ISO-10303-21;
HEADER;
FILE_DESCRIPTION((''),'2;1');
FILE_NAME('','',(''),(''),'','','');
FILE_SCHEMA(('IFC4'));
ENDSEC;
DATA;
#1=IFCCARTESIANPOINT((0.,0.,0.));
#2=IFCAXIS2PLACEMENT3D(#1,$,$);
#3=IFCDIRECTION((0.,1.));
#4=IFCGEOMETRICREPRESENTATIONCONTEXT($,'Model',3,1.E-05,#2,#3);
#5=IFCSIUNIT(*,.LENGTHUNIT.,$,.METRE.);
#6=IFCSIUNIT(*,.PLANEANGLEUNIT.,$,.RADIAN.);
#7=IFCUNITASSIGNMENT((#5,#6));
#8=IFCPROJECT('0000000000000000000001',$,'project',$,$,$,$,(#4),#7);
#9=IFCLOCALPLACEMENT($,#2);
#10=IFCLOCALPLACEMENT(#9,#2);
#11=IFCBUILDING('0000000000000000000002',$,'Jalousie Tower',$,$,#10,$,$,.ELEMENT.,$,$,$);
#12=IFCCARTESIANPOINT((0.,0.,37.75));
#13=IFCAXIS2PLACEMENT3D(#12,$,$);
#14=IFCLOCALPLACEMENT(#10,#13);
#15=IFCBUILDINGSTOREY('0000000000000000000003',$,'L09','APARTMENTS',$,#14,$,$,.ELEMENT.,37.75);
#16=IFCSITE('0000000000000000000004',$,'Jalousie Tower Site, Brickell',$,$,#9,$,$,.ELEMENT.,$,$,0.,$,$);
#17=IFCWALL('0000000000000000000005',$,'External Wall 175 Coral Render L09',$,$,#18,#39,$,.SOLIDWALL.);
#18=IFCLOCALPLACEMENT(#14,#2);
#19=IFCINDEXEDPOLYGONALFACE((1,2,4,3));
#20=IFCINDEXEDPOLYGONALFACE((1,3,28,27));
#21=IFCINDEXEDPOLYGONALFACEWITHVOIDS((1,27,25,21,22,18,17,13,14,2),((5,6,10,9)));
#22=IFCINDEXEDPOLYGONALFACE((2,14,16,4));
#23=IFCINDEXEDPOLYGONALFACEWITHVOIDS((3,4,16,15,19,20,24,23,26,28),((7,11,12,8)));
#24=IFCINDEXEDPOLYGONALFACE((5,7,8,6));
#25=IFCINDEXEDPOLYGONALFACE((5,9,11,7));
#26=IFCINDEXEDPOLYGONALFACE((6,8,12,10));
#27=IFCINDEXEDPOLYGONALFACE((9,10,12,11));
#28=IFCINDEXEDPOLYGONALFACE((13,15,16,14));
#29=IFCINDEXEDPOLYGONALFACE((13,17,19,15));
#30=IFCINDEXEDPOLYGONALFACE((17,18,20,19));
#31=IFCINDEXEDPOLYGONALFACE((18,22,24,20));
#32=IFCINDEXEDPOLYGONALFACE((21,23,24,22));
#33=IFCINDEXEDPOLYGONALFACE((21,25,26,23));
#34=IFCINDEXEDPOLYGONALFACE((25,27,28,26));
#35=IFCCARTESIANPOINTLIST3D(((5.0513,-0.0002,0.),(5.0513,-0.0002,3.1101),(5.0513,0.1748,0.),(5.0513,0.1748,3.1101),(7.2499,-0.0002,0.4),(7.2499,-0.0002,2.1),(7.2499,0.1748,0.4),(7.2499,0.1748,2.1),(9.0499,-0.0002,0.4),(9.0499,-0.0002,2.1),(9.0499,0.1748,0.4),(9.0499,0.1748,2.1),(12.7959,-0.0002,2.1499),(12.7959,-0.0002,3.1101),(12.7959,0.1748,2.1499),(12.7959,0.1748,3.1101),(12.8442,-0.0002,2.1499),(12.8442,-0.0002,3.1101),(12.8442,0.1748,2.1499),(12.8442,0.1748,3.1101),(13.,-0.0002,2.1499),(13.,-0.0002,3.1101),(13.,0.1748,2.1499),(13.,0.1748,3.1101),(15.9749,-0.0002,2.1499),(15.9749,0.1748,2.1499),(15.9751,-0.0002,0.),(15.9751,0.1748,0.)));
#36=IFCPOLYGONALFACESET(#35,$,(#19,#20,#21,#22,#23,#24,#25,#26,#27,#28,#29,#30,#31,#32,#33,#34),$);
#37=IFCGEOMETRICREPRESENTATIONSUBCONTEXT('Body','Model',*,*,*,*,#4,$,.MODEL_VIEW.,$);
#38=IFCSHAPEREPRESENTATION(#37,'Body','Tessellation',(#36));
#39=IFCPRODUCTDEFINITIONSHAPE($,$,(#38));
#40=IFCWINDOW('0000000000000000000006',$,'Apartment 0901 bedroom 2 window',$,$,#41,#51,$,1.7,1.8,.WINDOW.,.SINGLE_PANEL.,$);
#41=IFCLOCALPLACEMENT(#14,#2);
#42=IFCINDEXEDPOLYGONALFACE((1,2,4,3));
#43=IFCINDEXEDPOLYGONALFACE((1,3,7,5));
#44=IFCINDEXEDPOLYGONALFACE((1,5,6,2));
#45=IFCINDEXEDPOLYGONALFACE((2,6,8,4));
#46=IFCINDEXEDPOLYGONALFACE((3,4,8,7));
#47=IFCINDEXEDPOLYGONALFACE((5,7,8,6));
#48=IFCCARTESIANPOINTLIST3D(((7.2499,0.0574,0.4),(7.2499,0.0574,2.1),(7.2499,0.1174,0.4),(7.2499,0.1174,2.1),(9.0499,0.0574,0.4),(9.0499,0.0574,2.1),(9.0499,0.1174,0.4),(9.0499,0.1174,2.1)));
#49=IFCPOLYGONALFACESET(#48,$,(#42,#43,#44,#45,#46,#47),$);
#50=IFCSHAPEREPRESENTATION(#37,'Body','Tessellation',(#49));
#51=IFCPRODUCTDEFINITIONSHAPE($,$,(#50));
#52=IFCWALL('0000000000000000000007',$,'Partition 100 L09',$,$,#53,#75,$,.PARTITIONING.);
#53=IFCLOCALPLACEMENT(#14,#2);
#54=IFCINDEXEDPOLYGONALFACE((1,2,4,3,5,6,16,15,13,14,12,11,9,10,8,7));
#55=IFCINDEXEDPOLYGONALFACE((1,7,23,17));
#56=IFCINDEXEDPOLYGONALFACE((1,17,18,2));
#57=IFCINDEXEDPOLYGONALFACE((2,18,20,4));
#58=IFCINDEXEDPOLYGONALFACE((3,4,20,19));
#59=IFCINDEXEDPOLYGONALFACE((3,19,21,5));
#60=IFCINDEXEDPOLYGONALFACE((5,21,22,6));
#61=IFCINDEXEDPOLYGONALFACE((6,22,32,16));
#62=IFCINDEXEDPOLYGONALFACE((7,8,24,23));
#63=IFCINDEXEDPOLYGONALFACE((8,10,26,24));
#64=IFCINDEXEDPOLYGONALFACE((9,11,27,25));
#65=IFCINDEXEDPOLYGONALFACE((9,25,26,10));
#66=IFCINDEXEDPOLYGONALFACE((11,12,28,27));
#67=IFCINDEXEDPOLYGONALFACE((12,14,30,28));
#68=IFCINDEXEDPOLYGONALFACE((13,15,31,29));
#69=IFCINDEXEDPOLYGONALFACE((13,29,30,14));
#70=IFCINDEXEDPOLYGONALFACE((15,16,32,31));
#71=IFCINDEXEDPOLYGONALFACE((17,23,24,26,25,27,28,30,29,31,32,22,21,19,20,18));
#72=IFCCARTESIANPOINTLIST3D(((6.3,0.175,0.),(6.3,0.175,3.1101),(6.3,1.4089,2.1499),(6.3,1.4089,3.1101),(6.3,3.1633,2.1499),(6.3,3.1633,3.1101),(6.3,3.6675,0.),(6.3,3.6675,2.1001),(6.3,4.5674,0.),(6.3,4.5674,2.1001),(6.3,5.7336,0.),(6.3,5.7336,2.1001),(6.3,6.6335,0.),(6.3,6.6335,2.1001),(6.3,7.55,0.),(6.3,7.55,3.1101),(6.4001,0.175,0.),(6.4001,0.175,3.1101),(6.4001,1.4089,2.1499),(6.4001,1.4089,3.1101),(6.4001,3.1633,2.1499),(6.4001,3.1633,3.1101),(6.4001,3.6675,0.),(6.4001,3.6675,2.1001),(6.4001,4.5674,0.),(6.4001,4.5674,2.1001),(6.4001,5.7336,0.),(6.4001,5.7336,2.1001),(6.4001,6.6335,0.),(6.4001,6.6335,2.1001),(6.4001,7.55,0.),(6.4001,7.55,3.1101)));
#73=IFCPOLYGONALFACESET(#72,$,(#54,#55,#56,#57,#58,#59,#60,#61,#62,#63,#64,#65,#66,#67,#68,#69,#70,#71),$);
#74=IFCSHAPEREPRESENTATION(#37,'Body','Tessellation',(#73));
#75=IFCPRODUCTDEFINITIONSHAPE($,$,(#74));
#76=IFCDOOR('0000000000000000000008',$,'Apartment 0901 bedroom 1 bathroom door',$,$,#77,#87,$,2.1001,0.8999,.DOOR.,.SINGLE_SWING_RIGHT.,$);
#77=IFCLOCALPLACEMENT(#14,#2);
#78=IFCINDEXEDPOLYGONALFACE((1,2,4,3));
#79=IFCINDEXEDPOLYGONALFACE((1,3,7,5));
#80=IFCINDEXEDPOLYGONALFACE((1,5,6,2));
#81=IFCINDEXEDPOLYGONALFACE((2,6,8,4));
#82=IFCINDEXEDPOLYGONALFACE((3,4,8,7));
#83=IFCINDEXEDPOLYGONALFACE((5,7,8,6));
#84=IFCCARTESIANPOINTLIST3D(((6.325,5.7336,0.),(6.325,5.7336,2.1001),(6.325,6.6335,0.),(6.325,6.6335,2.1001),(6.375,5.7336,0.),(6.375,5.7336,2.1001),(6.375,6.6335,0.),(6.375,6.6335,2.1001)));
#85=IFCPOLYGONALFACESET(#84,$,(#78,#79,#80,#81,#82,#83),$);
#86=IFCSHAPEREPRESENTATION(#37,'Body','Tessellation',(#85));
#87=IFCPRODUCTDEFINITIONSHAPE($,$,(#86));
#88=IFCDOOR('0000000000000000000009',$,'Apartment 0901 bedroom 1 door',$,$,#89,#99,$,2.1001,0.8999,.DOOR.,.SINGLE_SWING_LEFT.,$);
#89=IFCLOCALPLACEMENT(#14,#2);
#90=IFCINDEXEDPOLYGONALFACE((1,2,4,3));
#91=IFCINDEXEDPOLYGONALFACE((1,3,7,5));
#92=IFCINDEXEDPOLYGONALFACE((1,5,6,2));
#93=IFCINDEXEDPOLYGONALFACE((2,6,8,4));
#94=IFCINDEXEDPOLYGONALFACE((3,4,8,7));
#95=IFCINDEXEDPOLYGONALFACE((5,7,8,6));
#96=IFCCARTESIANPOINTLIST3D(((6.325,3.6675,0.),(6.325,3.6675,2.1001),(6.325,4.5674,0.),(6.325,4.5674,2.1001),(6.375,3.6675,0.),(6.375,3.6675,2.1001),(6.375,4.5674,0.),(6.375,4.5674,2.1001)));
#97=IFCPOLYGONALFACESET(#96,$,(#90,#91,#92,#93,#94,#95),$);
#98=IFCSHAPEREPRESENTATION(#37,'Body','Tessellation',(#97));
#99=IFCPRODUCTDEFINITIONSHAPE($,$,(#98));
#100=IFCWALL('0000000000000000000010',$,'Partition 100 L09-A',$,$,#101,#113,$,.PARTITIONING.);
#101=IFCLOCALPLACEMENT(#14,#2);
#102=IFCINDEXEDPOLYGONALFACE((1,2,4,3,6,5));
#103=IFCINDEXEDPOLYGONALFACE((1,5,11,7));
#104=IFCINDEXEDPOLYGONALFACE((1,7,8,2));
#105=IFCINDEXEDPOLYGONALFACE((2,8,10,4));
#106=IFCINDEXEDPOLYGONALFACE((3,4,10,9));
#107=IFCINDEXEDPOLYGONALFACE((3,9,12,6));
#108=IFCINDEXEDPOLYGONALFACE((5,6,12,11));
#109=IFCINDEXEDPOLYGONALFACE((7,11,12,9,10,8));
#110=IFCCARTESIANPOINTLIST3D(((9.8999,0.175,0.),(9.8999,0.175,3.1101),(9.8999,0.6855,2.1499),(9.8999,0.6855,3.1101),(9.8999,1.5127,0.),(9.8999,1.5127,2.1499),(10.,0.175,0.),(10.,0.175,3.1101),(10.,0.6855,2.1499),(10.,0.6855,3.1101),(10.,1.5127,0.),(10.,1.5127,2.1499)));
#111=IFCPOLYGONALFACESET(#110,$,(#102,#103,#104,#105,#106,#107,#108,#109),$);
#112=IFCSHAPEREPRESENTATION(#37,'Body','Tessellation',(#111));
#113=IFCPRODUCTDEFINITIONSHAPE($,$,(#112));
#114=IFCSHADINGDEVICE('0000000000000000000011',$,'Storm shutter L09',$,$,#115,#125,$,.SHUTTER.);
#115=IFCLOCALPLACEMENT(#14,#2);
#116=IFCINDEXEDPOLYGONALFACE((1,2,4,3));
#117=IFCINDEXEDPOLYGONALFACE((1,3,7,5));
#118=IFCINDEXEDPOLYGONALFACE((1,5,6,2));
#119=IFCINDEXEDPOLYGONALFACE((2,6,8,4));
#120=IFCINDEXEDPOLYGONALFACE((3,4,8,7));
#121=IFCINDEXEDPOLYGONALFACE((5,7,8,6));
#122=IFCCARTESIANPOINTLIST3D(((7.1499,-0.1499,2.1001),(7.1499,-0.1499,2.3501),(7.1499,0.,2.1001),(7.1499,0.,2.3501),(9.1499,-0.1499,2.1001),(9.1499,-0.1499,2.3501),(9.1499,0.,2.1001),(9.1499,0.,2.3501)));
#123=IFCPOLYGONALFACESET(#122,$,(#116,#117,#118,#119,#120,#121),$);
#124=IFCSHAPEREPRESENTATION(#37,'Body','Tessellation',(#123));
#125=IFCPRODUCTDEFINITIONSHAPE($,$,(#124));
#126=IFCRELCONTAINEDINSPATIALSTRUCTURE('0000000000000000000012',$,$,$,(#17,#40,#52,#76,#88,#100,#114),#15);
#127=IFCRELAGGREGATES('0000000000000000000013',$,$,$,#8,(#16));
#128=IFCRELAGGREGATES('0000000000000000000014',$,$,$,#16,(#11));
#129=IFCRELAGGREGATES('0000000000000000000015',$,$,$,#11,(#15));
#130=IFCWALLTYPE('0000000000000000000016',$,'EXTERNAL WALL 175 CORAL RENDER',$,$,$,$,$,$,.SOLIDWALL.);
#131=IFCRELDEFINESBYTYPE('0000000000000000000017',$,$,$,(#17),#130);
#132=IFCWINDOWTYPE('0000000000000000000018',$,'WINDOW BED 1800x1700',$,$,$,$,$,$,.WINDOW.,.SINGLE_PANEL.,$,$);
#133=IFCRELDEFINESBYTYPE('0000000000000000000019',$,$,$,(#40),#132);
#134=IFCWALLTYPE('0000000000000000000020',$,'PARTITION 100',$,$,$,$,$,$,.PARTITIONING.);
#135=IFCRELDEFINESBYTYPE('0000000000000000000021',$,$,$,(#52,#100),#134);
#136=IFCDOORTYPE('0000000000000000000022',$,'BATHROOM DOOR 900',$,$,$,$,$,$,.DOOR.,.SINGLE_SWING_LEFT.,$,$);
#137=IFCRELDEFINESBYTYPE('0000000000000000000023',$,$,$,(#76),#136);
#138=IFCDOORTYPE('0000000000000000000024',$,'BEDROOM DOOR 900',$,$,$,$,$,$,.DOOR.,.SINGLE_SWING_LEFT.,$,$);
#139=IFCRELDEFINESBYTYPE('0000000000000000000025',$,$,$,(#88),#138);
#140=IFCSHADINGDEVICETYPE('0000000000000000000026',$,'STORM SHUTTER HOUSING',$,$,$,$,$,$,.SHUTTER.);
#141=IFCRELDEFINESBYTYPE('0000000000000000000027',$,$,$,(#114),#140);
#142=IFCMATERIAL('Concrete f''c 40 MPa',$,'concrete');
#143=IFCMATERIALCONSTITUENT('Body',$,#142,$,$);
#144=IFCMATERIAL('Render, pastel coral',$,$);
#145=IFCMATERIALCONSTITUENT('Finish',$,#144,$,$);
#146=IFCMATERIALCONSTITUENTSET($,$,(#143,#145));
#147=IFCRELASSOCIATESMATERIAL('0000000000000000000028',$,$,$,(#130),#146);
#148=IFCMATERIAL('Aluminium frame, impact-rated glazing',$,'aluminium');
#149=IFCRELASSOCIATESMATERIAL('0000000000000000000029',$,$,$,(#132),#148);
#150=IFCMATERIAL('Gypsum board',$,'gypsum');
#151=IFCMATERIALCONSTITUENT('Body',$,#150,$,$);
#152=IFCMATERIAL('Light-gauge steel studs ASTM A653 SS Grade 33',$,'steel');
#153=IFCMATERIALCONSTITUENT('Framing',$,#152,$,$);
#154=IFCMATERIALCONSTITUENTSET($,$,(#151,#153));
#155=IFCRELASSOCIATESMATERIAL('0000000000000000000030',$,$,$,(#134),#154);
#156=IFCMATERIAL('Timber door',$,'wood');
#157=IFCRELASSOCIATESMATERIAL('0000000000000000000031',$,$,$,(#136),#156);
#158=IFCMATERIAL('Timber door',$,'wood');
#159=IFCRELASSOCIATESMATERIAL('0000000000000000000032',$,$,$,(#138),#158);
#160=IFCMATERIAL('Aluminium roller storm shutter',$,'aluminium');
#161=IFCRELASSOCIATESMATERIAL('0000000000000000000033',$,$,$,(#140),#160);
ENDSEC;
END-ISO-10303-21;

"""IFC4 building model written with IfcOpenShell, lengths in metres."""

from ifc_helpers import new_model, si_unit, direction, frame, frame_2d, origin, origin_2d, place, context, subcontext, project, spatial, polyline, rectangle, outline, extrude, material, constituent, constituent_set, type_object, element, fill, save


model = new_model("IFC4")

# Units and contexts
model_context = context("Model", 3, precision=1e-05, world=origin(), true_north=direction((0.0, 1.0)))
body_context = subcontext(model_context, "Body", "Model", "MODEL_VIEW")
ifc_project = project(units=[si_unit("LENGTHUNIT", "METRE"), si_unit("PLANEANGLEUNIT", "RADIAN")], contexts=[model_context])

# Site, building, storey
site_placement = place(None, origin())
site = spatial("IfcSite", under=ifc_project, at=site_placement, Name="Jalousie Tower Site, Brickell", CompositionType="ELEMENT", RefElevation=0.0)
building_placement = place(site_placement, origin())
building = spatial("IfcBuilding", under=site, at=building_placement, Name="Jalousie Tower", CompositionType="ELEMENT")
storey_placement = place(building_placement, frame((0.0, 0.0, 37.75)))
storey = spatial("IfcBuildingStorey", under=building, at=storey_placement, Name="L09", Description="APARTMENTS", CompositionType="ELEMENT", Elevation=37.75)

# Wall, opening, window
ifc_material_1 = material(Name="Concrete f'c 40 MPa", Category="concrete")
ifc_constituent_1 = constituent(ifc_material_1, Name="Body")
ifc_material_2 = material(Name="Render, pastel coral")
ifc_constituent_2 = constituent(ifc_material_2, Name="Finish")
ifc_constituent_set_1 = constituent_set(constituents=[ifc_constituent_1, ifc_constituent_2])
wall_type_1 = type_object("IfcWallType", Name="EXTERNAL WALL 175 CORAL RENDER", PredefinedType="SOLIDWALL", material=ifc_constituent_set_1)
wall_1_placement = place(storey_placement, frame((5.0513, 0.0874, 0.0), z_axis=(0.0, 0.0, 1.0), x_axis=(1.0, 0.0, 0.0)))
wall_1 = element("IfcWall", 1, at=wall_1_placement, inside=storey, type_object=wall_type_1, Name="External Wall 175 Coral Render L09", PredefinedType="SOLIDWALL", context=body_context, shape_type="SweptSolid", body=[
    extrude(outline(polyline([(0.0, 0.0), (10.9238, 0.0), (10.9236, 2.1499), (7.9487, 2.1499), (7.9487, 3.1101), (7.793, 3.1101), (7.793, 2.1499), (7.7446, 2.1499), (7.7446, 3.1101), (0.0, 3.1101), (0.0, 0.0)])), frame((0.0, 0.0874, 0.0), z_axis=(0.0, -1.0, 0.0), x_axis=(1.0, 0.0, 0.0)), (0.0, 0.0, 1.0), 0.175),
])
opening_1_placement = place(wall_1_placement, frame((2.1987, 0.0, 0.3999)))
opening_1 = element("IfcOpeningElement", 2, at=opening_1_placement, cuts=wall_1, PredefinedType="OPENING", context=body_context, shape_type="SweptSolid", body=[
    extrude(rectangle(XDim=1.8, YDim=1.7, at=frame_2d((0.8999, 0.8501))), frame((0.0, 0.0974, 0.0), z_axis=(0.0, -1.0, 0.0), x_axis=(1.0, 0.0, 0.0)), (0.0, 0.0, 1.0), 0.1951),
])
ifc_material_3 = material(Name="Aluminium frame, impact-rated glazing", Category="aluminium")
window_type = type_object("IfcWindowType", Name="WINDOW BED 1800x1700", PartitioningType="SINGLE_PANEL", PredefinedType="WINDOW", material=ifc_material_3)
window_placement = place(opening_1_placement, origin())
window = element("IfcWindow", 3, at=window_placement, inside=storey, type_object=window_type, Name="Apartment 0901 bedroom 2 window", OverallHeight=1.7, OverallWidth=1.8, PartitioningType="SINGLE_PANEL", PredefinedType="WINDOW", context=body_context, shape_type="SweptSolid", body=[
    extrude(rectangle(XDim=1.8, YDim=1.7, at=frame_2d((0.8999, 0.8501))), frame((0.0, 0.03, 0.0), z_axis=(0.0, -1.0, 0.0), x_axis=(1.0, 0.0, 0.0)), (0.0, 0.0, 1.0), 0.0601),
])
fill(opening_1, window)

# Wall, openings, doors
ifc_material_4 = material(Name="Gypsum board", Category="gypsum")
ifc_constituent_3 = constituent(ifc_material_4, Name="Body")
ifc_material_5 = material(Name="Light-gauge steel studs ASTM A653 SS Grade 33", Category="steel")
ifc_constituent_4 = constituent(ifc_material_5, Name="Framing")
ifc_constituent_set_2 = constituent_set(constituents=[ifc_constituent_3, ifc_constituent_4])
wall_type_2 = type_object("IfcWallType", Name="PARTITION 100", PredefinedType="PARTITIONING", material=ifc_constituent_set_2)
wall_2_placement = place(storey_placement, frame((6.3501, 0.175, 0.0), z_axis=(0.0, 0.0, 1.0), x_axis=(0.0, 1.0, 0.0)))
wall_2 = element("IfcWall", 4, at=wall_2_placement, inside=storey, type_object=wall_type_2, Name="Partition 100 L09", PredefinedType="PARTITIONING", context=body_context, shape_type="SweptSolid", body=[
    extrude(outline(polyline([(0.0, 0.0), (7.375, 0.0), (7.375, 3.1101), (2.9883, 3.1101), (2.9883, 2.1499), (1.2339, 2.1499), (1.2339, 3.1101), (0.0, 3.1101), (0.0, 0.0)])), frame((0.0, 0.05, 0.0), z_axis=(0.0, -1.0, 0.0), x_axis=(1.0, 0.0, 0.0)), (0.0, 0.0, 1.0), 0.1001),
])
opening_2_placement = place(wall_2_placement, frame((3.4924, 0.0, 0.0)))
opening_2 = element("IfcOpeningElement", 5, at=opening_2_placement, cuts=wall_2, PredefinedType="OPENING", context=body_context, shape_type="SweptSolid", body=[
    extrude(rectangle(XDim=0.8999, YDim=2.1001, at=frame_2d((0.45, 1.05))), frame((0.0, 0.0601, 0.0), z_axis=(0.0, -1.0, 0.0), x_axis=(1.0, 0.0, 0.0)), (0.0, 0.0, 1.0), 0.1201),
])
opening_3_placement = place(wall_2_placement, frame((5.5586, 0.0, 0.0)))
opening_3 = element("IfcOpeningElement", 6, at=opening_3_placement, cuts=wall_2, PredefinedType="OPENING", context=body_context, shape_type="SweptSolid", body=[
    extrude(rectangle(XDim=0.8999, YDim=2.1001, at=frame_2d((0.45, 1.05))), frame((0.0, 0.0601, 0.0), z_axis=(0.0, -1.0, 0.0), x_axis=(1.0, 0.0, 0.0)), (0.0, 0.0, 1.0), 0.1201),
])
ifc_material_6 = material(Name="Timber door", Category="wood")
door_type_1 = type_object("IfcDoorType", Name="BATHROOM DOOR 900", OperationType="SINGLE_SWING_LEFT", PredefinedType="DOOR", material=ifc_material_6)
door_1_placement = place(opening_3_placement, frame((0.8999, 0.0, 0.0), z_axis=(0.0, 0.0, 1.0), x_axis=(-1.0, 0.0, 0.0)))
door_1 = element("IfcDoor", 7, at=door_1_placement, inside=storey, type_object=door_type_1, Name="Apartment 0901 bedroom 1 bathroom door", OperationType="SINGLE_SWING_RIGHT", OverallHeight=2.1001, OverallWidth=0.8999, PredefinedType="DOOR", context=body_context, shape_type="SweptSolid", body=[
    extrude(rectangle(XDim=0.8999, YDim=2.1001, at=frame_2d((0.45, 1.05))), frame((0.0, 0.0249, 0.0), z_axis=(0.0, -1.0, 0.0), x_axis=(1.0, 0.0, 0.0)), (0.0, 0.0, 1.0), 0.05),
])
fill(opening_3, door_1)
ifc_material_7 = material(Name="Timber door", Category="wood")
door_type_2 = type_object("IfcDoorType", Name="BEDROOM DOOR 900", OperationType="SINGLE_SWING_LEFT", PredefinedType="DOOR", material=ifc_material_7)
door_2_placement = place(opening_2_placement, frame((0.8999, 0.0, 0.0), z_axis=(0.0, 0.0, 1.0), x_axis=(-1.0, 0.0, 0.0)))
door_2 = element("IfcDoor", 8, at=door_2_placement, inside=storey, type_object=door_type_2, Name="Apartment 0901 bedroom 1 door", OperationType="SINGLE_SWING_LEFT", OverallHeight=2.1001, OverallWidth=0.8999, PredefinedType="DOOR", context=body_context, shape_type="SweptSolid", body=[
    extrude(rectangle(XDim=0.8999, YDim=2.1001, at=frame_2d((0.45, 1.05))), frame((0.0, 0.0249, 0.0), z_axis=(0.0, -1.0, 0.0), x_axis=(1.0, 0.0, 0.0)), (0.0, 0.0, 1.0), 0.05),
])
fill(opening_2, door_2)

# Wall
wall_3_placement = place(storey_placement, frame((9.95, 0.175, 0.0), z_axis=(0.0, 0.0, 1.0), x_axis=(0.0, 1.0, 0.0)))
element("IfcWall", 9, at=wall_3_placement, inside=storey, type_object=wall_type_2, Name="Partition 100 L09-A", PredefinedType="PARTITIONING", context=body_context, shape_type="SweptSolid", body=[
    extrude(outline(polyline([(0.0, 0.0), (1.3376, 0.0), (1.3376, 2.1499), (0.5105, 2.1499), (0.5105, 3.1101), (0.0, 3.1101), (0.0, 0.0)])), frame((0.0, 0.05, 0.0), z_axis=(0.0, -1.0, 0.0), x_axis=(1.0, 0.0, 0.0)), (0.0, 0.0, 1.0), 0.1001),
])

# Shading device
ifc_material_8 = material(Name="Aluminium roller storm shutter", Category="aluminium")
shading_device_type = type_object("IfcShadingDeviceType", Name="STORM SHUTTER HOUSING", PredefinedType="SHUTTER", material=ifc_material_8)
shading_device_placement = place(storey_placement, frame((8.1499, -0.075, 2.1001), z_axis=(0.0, 0.0, 1.0), x_axis=(1.0, 0.0, 0.0)))
element("IfcShadingDevice", 10, at=shading_device_placement, inside=storey, type_object=shading_device_type, Name="Storm shutter L09", PredefinedType="SHUTTER", context=body_context, shape_type="SweptSolid", body=[
    extrude(rectangle(XDim=2.0, YDim=0.1499, at=origin_2d()), origin(), (0.0, 0.0, 1.0), 0.25),
])

save(model, "model.ifc")
